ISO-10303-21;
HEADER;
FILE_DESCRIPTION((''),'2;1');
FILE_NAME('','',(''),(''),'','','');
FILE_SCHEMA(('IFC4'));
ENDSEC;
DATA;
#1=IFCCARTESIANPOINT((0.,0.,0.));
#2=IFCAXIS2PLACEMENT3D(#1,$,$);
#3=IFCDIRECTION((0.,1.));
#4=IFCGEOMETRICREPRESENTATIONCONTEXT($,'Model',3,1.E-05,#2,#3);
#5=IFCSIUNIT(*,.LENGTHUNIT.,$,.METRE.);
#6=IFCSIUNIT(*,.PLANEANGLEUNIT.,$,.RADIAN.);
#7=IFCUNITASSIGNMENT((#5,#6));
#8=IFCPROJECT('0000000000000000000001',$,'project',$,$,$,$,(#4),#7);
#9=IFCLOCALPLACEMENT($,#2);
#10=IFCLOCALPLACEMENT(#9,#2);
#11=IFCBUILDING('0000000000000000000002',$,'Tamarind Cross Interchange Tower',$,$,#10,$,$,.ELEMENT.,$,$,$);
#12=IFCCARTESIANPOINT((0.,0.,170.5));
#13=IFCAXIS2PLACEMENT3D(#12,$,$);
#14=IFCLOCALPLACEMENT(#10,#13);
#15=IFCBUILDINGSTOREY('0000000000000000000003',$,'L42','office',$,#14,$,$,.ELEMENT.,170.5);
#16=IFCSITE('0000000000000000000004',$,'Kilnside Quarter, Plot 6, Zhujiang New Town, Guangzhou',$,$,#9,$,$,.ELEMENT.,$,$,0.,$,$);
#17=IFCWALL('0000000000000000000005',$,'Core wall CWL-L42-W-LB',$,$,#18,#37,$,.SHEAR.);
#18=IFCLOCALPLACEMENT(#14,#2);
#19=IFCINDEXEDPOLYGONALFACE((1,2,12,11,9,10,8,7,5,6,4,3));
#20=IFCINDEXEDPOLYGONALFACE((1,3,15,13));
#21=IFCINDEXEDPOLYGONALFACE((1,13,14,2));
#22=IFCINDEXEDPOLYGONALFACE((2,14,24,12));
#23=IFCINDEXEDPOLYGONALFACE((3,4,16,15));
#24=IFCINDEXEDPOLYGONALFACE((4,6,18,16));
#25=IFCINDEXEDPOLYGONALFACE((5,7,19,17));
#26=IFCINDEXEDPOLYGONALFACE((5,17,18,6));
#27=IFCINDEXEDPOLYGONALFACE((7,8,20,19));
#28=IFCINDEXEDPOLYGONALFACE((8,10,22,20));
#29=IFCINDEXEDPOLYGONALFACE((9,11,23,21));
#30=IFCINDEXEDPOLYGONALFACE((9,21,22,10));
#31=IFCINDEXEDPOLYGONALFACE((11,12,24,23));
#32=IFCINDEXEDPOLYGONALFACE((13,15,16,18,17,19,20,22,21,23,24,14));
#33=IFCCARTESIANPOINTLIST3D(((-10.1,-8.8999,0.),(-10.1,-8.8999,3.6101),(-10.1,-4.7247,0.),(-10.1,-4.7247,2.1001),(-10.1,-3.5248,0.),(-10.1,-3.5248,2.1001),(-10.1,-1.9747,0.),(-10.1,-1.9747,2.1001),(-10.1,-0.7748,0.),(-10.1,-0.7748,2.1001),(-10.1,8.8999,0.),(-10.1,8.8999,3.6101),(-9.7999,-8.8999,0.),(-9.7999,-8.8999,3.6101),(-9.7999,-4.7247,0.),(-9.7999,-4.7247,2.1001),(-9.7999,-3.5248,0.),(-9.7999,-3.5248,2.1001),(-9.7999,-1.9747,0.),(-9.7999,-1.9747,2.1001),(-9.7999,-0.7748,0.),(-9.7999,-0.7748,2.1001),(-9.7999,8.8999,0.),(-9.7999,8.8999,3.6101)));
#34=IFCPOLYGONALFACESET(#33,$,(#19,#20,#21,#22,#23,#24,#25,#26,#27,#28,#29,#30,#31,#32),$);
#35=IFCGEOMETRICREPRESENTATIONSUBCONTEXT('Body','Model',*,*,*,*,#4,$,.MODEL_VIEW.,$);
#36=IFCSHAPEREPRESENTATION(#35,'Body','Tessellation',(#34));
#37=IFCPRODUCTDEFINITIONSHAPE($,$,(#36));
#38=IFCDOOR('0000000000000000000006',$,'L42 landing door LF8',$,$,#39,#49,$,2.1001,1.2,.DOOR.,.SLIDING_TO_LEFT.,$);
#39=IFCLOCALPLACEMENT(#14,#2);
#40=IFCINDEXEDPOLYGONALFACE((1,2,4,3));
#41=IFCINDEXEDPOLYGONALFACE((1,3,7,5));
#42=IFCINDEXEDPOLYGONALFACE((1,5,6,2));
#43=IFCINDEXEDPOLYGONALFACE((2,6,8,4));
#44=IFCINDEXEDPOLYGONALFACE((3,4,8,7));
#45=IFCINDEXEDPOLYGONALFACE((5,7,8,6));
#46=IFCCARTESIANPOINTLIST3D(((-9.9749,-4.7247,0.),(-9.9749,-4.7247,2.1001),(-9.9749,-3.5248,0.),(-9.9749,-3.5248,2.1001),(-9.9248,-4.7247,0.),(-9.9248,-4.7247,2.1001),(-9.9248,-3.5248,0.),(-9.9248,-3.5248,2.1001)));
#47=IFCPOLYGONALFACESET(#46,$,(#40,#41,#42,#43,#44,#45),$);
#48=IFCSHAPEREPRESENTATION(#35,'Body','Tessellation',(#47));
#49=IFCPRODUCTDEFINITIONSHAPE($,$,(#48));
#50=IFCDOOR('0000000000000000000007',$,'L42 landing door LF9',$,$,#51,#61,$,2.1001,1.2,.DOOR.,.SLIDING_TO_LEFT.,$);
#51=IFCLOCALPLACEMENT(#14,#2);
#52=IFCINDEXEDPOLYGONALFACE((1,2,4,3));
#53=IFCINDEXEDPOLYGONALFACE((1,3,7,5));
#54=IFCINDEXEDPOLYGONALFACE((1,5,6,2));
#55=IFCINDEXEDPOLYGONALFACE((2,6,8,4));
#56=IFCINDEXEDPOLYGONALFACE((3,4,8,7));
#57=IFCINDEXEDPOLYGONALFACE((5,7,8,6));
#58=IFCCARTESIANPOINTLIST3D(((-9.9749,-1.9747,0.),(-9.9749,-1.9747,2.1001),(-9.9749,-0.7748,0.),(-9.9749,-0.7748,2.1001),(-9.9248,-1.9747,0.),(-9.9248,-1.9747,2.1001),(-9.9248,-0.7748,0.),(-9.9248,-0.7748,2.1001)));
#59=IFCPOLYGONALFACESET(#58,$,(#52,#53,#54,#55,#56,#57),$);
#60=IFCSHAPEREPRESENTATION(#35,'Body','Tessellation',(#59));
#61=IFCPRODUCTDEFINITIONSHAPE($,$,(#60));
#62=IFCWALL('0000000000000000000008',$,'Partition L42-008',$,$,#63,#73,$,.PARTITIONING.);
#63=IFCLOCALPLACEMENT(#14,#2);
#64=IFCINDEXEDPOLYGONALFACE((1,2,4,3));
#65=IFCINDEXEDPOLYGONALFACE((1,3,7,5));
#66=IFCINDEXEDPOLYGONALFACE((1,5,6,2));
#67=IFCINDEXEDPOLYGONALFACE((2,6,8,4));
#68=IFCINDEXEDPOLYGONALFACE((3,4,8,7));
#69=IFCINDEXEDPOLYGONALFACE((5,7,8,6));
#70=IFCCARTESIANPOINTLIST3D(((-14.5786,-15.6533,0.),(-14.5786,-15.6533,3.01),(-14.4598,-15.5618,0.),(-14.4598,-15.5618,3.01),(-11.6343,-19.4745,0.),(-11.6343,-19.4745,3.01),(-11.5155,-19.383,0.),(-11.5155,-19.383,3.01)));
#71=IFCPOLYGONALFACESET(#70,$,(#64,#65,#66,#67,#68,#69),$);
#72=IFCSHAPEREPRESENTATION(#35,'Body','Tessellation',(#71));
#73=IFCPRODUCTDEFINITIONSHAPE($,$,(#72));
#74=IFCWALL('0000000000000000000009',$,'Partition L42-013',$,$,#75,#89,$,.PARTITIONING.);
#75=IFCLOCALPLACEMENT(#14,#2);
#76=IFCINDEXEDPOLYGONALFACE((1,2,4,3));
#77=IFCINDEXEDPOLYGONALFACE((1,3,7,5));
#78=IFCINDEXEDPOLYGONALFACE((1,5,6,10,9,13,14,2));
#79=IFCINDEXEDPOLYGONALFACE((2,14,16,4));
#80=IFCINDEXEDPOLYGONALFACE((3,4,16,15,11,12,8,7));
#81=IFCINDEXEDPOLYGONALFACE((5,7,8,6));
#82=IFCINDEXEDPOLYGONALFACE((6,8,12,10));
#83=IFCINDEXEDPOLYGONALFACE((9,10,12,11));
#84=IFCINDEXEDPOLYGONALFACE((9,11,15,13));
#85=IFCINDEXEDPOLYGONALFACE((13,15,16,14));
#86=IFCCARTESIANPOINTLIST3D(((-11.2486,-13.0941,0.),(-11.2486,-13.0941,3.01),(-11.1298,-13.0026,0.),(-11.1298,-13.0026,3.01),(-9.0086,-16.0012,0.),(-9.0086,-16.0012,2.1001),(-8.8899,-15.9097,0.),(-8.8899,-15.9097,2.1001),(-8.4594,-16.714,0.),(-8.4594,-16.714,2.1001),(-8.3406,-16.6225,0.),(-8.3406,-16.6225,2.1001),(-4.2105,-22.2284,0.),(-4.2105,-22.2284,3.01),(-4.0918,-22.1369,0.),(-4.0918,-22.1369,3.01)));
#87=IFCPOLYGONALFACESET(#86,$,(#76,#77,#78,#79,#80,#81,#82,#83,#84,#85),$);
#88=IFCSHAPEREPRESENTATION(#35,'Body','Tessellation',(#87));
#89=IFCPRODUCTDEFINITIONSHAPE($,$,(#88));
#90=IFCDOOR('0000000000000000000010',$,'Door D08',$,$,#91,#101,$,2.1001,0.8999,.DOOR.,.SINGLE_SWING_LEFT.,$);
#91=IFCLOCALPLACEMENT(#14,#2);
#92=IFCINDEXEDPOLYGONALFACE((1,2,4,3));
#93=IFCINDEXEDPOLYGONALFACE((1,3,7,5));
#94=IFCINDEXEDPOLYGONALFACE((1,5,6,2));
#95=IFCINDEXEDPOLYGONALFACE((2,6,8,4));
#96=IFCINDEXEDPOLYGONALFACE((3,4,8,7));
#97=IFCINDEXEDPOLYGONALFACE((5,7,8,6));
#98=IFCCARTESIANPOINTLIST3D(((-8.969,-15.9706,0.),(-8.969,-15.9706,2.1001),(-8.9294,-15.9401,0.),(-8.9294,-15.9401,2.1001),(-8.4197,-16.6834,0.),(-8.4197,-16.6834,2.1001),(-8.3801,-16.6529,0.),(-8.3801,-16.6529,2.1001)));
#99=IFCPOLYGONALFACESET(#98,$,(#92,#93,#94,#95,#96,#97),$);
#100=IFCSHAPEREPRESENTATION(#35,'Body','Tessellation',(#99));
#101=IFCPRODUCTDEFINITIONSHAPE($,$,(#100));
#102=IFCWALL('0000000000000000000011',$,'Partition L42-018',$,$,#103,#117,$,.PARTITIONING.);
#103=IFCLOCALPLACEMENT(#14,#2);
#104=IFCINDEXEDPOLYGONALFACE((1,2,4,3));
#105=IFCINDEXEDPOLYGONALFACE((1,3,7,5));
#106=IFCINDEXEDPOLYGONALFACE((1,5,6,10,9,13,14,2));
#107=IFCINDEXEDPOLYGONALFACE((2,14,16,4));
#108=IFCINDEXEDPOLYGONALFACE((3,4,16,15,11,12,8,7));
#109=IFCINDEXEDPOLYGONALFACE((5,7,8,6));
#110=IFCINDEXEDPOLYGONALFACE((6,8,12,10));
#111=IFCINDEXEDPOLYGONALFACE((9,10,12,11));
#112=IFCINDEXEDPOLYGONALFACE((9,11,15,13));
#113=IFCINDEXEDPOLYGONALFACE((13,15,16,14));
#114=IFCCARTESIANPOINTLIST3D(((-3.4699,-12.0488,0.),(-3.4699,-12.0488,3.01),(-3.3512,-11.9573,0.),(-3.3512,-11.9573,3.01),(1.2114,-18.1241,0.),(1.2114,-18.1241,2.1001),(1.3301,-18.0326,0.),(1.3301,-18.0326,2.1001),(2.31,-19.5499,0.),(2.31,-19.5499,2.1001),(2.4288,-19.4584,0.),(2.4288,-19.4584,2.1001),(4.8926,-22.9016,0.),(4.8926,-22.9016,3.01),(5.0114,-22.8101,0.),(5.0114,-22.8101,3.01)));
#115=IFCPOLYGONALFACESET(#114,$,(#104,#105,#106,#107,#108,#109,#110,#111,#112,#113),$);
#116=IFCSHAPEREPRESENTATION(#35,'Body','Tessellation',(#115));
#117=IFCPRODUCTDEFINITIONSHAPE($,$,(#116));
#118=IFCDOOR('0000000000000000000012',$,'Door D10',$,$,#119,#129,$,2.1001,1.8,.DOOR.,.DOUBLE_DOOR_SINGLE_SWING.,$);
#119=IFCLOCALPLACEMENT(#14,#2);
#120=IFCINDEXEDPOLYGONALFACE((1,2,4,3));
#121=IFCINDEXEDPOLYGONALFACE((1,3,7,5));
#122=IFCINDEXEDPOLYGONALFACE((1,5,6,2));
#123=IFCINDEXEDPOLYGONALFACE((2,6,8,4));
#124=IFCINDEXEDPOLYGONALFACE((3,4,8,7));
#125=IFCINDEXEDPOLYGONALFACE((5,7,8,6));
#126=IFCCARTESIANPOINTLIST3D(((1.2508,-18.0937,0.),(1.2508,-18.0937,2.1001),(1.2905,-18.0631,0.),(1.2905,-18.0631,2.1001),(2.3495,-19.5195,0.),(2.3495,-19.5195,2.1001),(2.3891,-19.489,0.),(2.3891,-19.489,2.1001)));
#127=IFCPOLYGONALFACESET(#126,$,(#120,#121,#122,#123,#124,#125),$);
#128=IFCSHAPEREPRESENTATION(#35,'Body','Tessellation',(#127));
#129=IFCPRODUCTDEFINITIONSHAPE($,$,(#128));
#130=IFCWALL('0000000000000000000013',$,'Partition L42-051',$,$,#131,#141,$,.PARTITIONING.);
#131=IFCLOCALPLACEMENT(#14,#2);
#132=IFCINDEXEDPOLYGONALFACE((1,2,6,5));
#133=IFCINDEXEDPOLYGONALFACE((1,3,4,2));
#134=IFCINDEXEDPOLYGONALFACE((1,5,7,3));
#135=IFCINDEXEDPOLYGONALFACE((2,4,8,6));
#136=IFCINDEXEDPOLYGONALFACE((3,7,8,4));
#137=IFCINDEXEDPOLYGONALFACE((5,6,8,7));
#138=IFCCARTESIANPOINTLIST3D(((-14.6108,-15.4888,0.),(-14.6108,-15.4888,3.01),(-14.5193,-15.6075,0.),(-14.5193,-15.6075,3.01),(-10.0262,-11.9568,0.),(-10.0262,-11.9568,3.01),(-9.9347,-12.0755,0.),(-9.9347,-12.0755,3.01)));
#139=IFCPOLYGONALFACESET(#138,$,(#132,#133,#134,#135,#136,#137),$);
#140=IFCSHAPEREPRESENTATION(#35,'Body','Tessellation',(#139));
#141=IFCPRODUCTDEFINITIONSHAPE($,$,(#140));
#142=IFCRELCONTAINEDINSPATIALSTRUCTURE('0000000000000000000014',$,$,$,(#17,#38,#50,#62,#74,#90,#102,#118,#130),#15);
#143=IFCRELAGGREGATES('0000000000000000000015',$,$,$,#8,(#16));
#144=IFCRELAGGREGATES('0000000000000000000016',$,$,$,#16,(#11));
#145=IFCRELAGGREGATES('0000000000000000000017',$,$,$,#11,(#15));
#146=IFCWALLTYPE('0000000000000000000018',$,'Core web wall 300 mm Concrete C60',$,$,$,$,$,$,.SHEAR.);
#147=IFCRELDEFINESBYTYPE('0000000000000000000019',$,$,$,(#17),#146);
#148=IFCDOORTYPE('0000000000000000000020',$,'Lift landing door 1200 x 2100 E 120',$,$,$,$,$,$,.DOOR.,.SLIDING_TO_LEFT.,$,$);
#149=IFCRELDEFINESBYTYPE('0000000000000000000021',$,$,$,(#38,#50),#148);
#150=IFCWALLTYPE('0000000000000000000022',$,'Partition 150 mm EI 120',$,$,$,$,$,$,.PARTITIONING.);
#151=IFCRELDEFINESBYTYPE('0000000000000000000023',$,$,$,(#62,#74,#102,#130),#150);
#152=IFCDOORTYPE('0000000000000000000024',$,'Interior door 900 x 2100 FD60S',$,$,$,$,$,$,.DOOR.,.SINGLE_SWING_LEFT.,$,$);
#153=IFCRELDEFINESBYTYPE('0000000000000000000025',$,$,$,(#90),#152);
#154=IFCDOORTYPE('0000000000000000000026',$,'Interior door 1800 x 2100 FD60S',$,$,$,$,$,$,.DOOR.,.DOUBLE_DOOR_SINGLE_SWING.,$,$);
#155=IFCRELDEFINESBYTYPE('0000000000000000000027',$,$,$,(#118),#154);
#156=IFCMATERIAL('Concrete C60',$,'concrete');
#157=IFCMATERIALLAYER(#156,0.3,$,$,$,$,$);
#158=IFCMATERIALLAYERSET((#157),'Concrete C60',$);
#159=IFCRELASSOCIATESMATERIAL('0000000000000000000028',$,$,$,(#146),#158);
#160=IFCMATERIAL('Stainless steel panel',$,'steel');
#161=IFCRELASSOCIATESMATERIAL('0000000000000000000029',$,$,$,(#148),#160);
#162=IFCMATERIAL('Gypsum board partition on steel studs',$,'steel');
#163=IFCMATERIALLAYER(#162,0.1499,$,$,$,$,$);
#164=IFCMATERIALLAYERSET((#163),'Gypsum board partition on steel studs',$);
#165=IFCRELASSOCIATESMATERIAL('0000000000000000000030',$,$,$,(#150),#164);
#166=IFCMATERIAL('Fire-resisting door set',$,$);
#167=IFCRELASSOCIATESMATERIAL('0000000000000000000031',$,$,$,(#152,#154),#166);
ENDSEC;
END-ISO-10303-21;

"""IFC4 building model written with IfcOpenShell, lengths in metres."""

from ifc_helpers import new_model, si_unit, direction, frame, frame_2d, origin, place, context, subcontext, project, spatial, rectangle, extrude, material, layer, layer_set, type_object, element, fill, save


model = new_model("IFC4")

# Units and contexts
model_context = context("Model", 3, precision=1e-05, world=origin(), true_north=direction((0.0, 1.0)))
body_context = subcontext(model_context, "Body", "Model", "MODEL_VIEW")
ifc_project = project(units=[si_unit("LENGTHUNIT", "METRE"), si_unit("PLANEANGLEUNIT", "RADIAN")], contexts=[model_context])

# Site, building, storey
site_placement = place(None, origin())
site = spatial("IfcSite", under=ifc_project, at=site_placement, Name="Kilnside Quarter, Plot 6, Zhujiang New Town, Guangzhou", CompositionType="ELEMENT", RefElevation=0.0)
building_placement = place(site_placement, origin())
building = spatial("IfcBuilding", under=site, at=building_placement, Name="Tamarind Cross Interchange Tower", CompositionType="ELEMENT")
storey_placement = place(building_placement, frame((0.0, 0.0, 170.5)))
storey = spatial("IfcBuildingStorey", under=building, at=storey_placement, Name="L42", Description="office", CompositionType="ELEMENT", Elevation=170.5)

# Shared definitions
ifc_material_1 = material(Name="Concrete C60", Category="concrete")
ifc_layer_1 = layer(ifc_material_1, 0.3)
ifc_layer_set_1 = layer_set([ifc_layer_1], Name="Concrete C60")
wall_type_1 = type_object("IfcWallType", Name="Core web wall 300 mm Concrete C60", PredefinedType="SHEAR", material=ifc_layer_set_1)

# Wall, openings, doors
ifc_material_2 = material(Name="Stainless steel panel", Category="steel")
wall_1_placement = place(storey_placement, frame((-9.95, -8.8999, 0.0), z_axis=(0.0, 0.0, 1.0), x_axis=(0.0, 1.0, 0.0)))
wall_1 = element("IfcWall", 1, at=wall_1_placement, inside=storey, type_object=wall_type_1, Name="Core wall CWL-L42-W-LB", PredefinedType="SHEAR", context=body_context, shape_type="SweptSolid", body=[
    extrude(rectangle(XDim=17.7998, YDim=0.3, at=frame_2d((8.8999, 0.0))), origin(), (0.0, 0.0, 1.0), 3.6101),
])
opening_1_placement = place(wall_1_placement, frame((4.175, 0.0, 0.0)))
opening_1 = element("IfcOpeningElement", 2, at=opening_1_placement, cuts=wall_1, PredefinedType="OPENING", context=body_context, shape_type="SweptSolid", body=[
    extrude(rectangle(XDim=1.2, YDim=2.1001, at=frame_2d((0.6001, 1.05))), frame((0.0, 0.1599, 0.0), z_axis=(0.0, -1.0, 0.0), x_axis=(1.0, 0.0, 0.0)), (0.0, 0.0, 1.0), 0.3201),
])
opening_2_placement = place(wall_1_placement, frame((6.925, 0.0, 0.0)))
opening_2 = element("IfcOpeningElement", 3, at=opening_2_placement, cuts=wall_1, PredefinedType="OPENING", context=body_context, shape_type="SweptSolid", body=[
    extrude(rectangle(XDim=1.2, YDim=2.1001, at=frame_2d((0.6001, 1.05))), frame((0.0, 0.1599, 0.0), z_axis=(0.0, -1.0, 0.0), x_axis=(1.0, 0.0, 0.0)), (0.0, 0.0, 1.0), 0.3201),
])
door_type_1 = type_object("IfcDoorType", Name="Lift landing door 1200 x 2100 E 120", OperationType="SLIDING_TO_LEFT", PredefinedType="DOOR", material=ifc_material_2)
door_1_placement = place(opening_1_placement, origin())
door_1 = element("IfcDoor", 4, at=door_1_placement, inside=storey, type_object=door_type_1, Name="L42 landing door LF8", OperationType="SLIDING_TO_LEFT", OverallHeight=2.1001, OverallWidth=1.2, PredefinedType="DOOR", context=body_context, shape_type="SweptSolid", body=[
    extrude(rectangle(XDim=1.2, YDim=2.1001, at=frame_2d((0.6001, 1.05))), frame((0.0, 0.0249, 0.0), z_axis=(0.0, -1.0, 0.0), x_axis=(1.0, 0.0, 0.0)), (0.0, 0.0, 1.0), 0.05),
])
fill(opening_1, door_1)
door_2_placement = place(opening_2_placement, origin())
door_2 = element("IfcDoor", 5, at=door_2_placement, inside=storey, type_object=door_type_1, Name="L42 landing door LF9", OperationType="SLIDING_TO_LEFT", OverallHeight=2.1001, OverallWidth=1.2, PredefinedType="DOOR", context=body_context, shape_type="SweptSolid", body=[
    extrude(rectangle(XDim=1.2, YDim=2.1001, at=frame_2d((0.6001, 1.05))), frame((0.0, 0.0249, 0.0), z_axis=(0.0, -1.0, 0.0), x_axis=(1.0, 0.0, 0.0)), (0.0, 0.0, 1.0), 0.05),
])
fill(opening_2, door_2)

# Wall
ifc_material_3 = material(Name="Gypsum board partition on steel studs", Category="steel")
ifc_layer_2 = layer(ifc_material_3, 0.1499)
ifc_layer_set_2 = layer_set([ifc_layer_2], Name="Gypsum board partition on steel studs")
wall_type_2 = type_object("IfcWallType", Name="Partition 150 mm EI 120", PredefinedType="PARTITIONING", material=ifc_layer_set_2)
wall_2_placement = place(storey_placement, frame((-14.5193, -15.6074, 0.0), z_axis=(0.0, 0.0, 1.0), x_axis=(0.610346, -0.792135, 0.0)))
element("IfcWall", 6, at=wall_2_placement, inside=storey, type_object=wall_type_2, Name="Partition L42-008", PredefinedType="PARTITIONING", context=body_context, shape_type="SweptSolid", body=[
    extrude(rectangle(XDim=4.824, YDim=0.1499, at=frame_2d((2.4121, 0.0))), origin(), (0.0, 0.0, 1.0), 3.01),
])

# Walls, openings, doors
wall_3_placement = place(storey_placement, frame((-11.1892, -13.0483, 0.0), z_axis=(0.0, 0.0, 1.0), x_axis=(0.610349, -0.792133, 0.0)))
wall_3 = element("IfcWall", 7, at=wall_3_placement, inside=storey, type_object=wall_type_2, Name="Partition L42-013", PredefinedType="PARTITIONING", context=body_context, shape_type="SweptSolid", body=[
    extrude(rectangle(XDim=11.5312, YDim=0.1499, at=frame_2d((5.7656, 0.0))), origin(), (0.0, 0.0, 1.0), 3.01),
])
opening_3_placement = place(wall_3_placement, frame((3.6699, 0.0, 0.0)))
opening_3 = element("IfcOpeningElement", 8, at=opening_3_placement, cuts=wall_3, PredefinedType="OPENING", context=body_context, shape_type="SweptSolid", body=[
    extrude(rectangle(XDim=0.8999, YDim=2.1001, at=frame_2d((0.45, 1.05))), frame((0.0, 0.085, 0.0), z_axis=(0.0, -1.0, 0.0), x_axis=(1.0, 0.0, 0.0)), (0.0, 0.0, 1.0), 0.1699),
])
ifc_material_4 = material(Name="Fire-resisting door set")
door_type_2 = type_object("IfcDoorType", Name="Interior door 900 x 2100 FD60S", OperationType="SINGLE_SWING_LEFT", PredefinedType="DOOR", material=ifc_material_4)
door_3_placement = place(opening_3_placement, frame((0.8999, 0.0, 0.0), z_axis=(0.0, 0.0, 1.0), x_axis=(-1.0, 0.0, 0.0)))
door_3 = element("IfcDoor", 9, at=door_3_placement, inside=storey, type_object=door_type_2, Name="Door D08", OperationType="SINGLE_SWING_LEFT", OverallHeight=2.1001, OverallWidth=0.8999, PredefinedType="DOOR", context=body_context, shape_type="SweptSolid", body=[
    extrude(rectangle(XDim=0.8999, YDim=2.1001, at=frame_2d((0.45, 1.05))), frame((0.0, 0.0249, 0.0), z_axis=(0.0, -1.0, 0.0), x_axis=(1.0, 0.0, 0.0)), (0.0, 0.0, 1.0), 0.05),
])
fill(opening_3, door_3)
wall_4_placement = place(storey_placement, frame((-3.4106, -12.0029, 0.0), z_axis=(0.0, 0.0, 1.0), x_axis=(0.610364, -0.792121, 0.0)))
wall_4 = element("IfcWall", 10, at=wall_4_placement, inside=storey, type_object=wall_type_2, Name="Partition L42-018", PredefinedType="PARTITIONING", context=body_context, shape_type="SweptSolid", body=[
    extrude(rectangle(XDim=13.7009, YDim=0.1499, at=frame_2d((6.8506, 0.0))), origin(), (0.0, 0.0, 1.0), 3.01),
])
opening_4_placement = place(wall_4_placement, frame((7.6699, 0.0, 0.0)))
opening_4 = element("IfcOpeningElement", 11, at=opening_4_placement, cuts=wall_4, PredefinedType="OPENING", context=body_context, shape_type="SweptSolid", body=[
    extrude(rectangle(XDim=1.8, YDim=2.1001, at=frame_2d((0.8999, 1.05))), frame((0.0, 0.085, 0.0), z_axis=(0.0, -1.0, 0.0), x_axis=(1.0, 0.0, 0.0)), (0.0, 0.0, 1.0), 0.1699),
])
door_type_3 = type_object("IfcDoorType", Name="Interior door 1800 x 2100 FD60S", OperationType="DOUBLE_DOOR_SINGLE_SWING", PredefinedType="DOOR", material=ifc_material_4)
door_4_placement = place(opening_4_placement, origin())
door_4 = element("IfcDoor", 12, at=door_4_placement, inside=storey, type_object=door_type_3, Name="Door D10", OperationType="DOUBLE_DOOR_SINGLE_SWING", OverallHeight=2.1001, OverallWidth=1.8, PredefinedType="DOOR", context=body_context, shape_type="SweptSolid", body=[
    extrude(rectangle(XDim=1.8, YDim=2.1001, at=frame_2d((0.8999, 1.05))), frame((0.0, 0.0249, 0.0), z_axis=(0.0, -1.0, 0.0), x_axis=(1.0, 0.0, 0.0)), (0.0, 0.0, 1.0), 0.05),
])
fill(opening_4, door_4)

# Wall
wall_5_placement = place(storey_placement, frame((-14.5649, -15.5481, 0.0), z_axis=(0.0, 0.0, 1.0), x_axis=(0.792167, 0.610304, 0.0)))
element("IfcWall", 13, at=wall_5_placement, inside=storey, type_object=wall_type_2, Name="Partition L42-051", PredefinedType="PARTITIONING", context=body_context, shape_type="SweptSolid", body=[
    extrude(rectangle(XDim=5.7874, YDim=0.1499, at=frame_2d((2.8936, 0.0))), origin(), (0.0, 0.0, 1.0), 3.01),
])

save(model, "model.ifc")
